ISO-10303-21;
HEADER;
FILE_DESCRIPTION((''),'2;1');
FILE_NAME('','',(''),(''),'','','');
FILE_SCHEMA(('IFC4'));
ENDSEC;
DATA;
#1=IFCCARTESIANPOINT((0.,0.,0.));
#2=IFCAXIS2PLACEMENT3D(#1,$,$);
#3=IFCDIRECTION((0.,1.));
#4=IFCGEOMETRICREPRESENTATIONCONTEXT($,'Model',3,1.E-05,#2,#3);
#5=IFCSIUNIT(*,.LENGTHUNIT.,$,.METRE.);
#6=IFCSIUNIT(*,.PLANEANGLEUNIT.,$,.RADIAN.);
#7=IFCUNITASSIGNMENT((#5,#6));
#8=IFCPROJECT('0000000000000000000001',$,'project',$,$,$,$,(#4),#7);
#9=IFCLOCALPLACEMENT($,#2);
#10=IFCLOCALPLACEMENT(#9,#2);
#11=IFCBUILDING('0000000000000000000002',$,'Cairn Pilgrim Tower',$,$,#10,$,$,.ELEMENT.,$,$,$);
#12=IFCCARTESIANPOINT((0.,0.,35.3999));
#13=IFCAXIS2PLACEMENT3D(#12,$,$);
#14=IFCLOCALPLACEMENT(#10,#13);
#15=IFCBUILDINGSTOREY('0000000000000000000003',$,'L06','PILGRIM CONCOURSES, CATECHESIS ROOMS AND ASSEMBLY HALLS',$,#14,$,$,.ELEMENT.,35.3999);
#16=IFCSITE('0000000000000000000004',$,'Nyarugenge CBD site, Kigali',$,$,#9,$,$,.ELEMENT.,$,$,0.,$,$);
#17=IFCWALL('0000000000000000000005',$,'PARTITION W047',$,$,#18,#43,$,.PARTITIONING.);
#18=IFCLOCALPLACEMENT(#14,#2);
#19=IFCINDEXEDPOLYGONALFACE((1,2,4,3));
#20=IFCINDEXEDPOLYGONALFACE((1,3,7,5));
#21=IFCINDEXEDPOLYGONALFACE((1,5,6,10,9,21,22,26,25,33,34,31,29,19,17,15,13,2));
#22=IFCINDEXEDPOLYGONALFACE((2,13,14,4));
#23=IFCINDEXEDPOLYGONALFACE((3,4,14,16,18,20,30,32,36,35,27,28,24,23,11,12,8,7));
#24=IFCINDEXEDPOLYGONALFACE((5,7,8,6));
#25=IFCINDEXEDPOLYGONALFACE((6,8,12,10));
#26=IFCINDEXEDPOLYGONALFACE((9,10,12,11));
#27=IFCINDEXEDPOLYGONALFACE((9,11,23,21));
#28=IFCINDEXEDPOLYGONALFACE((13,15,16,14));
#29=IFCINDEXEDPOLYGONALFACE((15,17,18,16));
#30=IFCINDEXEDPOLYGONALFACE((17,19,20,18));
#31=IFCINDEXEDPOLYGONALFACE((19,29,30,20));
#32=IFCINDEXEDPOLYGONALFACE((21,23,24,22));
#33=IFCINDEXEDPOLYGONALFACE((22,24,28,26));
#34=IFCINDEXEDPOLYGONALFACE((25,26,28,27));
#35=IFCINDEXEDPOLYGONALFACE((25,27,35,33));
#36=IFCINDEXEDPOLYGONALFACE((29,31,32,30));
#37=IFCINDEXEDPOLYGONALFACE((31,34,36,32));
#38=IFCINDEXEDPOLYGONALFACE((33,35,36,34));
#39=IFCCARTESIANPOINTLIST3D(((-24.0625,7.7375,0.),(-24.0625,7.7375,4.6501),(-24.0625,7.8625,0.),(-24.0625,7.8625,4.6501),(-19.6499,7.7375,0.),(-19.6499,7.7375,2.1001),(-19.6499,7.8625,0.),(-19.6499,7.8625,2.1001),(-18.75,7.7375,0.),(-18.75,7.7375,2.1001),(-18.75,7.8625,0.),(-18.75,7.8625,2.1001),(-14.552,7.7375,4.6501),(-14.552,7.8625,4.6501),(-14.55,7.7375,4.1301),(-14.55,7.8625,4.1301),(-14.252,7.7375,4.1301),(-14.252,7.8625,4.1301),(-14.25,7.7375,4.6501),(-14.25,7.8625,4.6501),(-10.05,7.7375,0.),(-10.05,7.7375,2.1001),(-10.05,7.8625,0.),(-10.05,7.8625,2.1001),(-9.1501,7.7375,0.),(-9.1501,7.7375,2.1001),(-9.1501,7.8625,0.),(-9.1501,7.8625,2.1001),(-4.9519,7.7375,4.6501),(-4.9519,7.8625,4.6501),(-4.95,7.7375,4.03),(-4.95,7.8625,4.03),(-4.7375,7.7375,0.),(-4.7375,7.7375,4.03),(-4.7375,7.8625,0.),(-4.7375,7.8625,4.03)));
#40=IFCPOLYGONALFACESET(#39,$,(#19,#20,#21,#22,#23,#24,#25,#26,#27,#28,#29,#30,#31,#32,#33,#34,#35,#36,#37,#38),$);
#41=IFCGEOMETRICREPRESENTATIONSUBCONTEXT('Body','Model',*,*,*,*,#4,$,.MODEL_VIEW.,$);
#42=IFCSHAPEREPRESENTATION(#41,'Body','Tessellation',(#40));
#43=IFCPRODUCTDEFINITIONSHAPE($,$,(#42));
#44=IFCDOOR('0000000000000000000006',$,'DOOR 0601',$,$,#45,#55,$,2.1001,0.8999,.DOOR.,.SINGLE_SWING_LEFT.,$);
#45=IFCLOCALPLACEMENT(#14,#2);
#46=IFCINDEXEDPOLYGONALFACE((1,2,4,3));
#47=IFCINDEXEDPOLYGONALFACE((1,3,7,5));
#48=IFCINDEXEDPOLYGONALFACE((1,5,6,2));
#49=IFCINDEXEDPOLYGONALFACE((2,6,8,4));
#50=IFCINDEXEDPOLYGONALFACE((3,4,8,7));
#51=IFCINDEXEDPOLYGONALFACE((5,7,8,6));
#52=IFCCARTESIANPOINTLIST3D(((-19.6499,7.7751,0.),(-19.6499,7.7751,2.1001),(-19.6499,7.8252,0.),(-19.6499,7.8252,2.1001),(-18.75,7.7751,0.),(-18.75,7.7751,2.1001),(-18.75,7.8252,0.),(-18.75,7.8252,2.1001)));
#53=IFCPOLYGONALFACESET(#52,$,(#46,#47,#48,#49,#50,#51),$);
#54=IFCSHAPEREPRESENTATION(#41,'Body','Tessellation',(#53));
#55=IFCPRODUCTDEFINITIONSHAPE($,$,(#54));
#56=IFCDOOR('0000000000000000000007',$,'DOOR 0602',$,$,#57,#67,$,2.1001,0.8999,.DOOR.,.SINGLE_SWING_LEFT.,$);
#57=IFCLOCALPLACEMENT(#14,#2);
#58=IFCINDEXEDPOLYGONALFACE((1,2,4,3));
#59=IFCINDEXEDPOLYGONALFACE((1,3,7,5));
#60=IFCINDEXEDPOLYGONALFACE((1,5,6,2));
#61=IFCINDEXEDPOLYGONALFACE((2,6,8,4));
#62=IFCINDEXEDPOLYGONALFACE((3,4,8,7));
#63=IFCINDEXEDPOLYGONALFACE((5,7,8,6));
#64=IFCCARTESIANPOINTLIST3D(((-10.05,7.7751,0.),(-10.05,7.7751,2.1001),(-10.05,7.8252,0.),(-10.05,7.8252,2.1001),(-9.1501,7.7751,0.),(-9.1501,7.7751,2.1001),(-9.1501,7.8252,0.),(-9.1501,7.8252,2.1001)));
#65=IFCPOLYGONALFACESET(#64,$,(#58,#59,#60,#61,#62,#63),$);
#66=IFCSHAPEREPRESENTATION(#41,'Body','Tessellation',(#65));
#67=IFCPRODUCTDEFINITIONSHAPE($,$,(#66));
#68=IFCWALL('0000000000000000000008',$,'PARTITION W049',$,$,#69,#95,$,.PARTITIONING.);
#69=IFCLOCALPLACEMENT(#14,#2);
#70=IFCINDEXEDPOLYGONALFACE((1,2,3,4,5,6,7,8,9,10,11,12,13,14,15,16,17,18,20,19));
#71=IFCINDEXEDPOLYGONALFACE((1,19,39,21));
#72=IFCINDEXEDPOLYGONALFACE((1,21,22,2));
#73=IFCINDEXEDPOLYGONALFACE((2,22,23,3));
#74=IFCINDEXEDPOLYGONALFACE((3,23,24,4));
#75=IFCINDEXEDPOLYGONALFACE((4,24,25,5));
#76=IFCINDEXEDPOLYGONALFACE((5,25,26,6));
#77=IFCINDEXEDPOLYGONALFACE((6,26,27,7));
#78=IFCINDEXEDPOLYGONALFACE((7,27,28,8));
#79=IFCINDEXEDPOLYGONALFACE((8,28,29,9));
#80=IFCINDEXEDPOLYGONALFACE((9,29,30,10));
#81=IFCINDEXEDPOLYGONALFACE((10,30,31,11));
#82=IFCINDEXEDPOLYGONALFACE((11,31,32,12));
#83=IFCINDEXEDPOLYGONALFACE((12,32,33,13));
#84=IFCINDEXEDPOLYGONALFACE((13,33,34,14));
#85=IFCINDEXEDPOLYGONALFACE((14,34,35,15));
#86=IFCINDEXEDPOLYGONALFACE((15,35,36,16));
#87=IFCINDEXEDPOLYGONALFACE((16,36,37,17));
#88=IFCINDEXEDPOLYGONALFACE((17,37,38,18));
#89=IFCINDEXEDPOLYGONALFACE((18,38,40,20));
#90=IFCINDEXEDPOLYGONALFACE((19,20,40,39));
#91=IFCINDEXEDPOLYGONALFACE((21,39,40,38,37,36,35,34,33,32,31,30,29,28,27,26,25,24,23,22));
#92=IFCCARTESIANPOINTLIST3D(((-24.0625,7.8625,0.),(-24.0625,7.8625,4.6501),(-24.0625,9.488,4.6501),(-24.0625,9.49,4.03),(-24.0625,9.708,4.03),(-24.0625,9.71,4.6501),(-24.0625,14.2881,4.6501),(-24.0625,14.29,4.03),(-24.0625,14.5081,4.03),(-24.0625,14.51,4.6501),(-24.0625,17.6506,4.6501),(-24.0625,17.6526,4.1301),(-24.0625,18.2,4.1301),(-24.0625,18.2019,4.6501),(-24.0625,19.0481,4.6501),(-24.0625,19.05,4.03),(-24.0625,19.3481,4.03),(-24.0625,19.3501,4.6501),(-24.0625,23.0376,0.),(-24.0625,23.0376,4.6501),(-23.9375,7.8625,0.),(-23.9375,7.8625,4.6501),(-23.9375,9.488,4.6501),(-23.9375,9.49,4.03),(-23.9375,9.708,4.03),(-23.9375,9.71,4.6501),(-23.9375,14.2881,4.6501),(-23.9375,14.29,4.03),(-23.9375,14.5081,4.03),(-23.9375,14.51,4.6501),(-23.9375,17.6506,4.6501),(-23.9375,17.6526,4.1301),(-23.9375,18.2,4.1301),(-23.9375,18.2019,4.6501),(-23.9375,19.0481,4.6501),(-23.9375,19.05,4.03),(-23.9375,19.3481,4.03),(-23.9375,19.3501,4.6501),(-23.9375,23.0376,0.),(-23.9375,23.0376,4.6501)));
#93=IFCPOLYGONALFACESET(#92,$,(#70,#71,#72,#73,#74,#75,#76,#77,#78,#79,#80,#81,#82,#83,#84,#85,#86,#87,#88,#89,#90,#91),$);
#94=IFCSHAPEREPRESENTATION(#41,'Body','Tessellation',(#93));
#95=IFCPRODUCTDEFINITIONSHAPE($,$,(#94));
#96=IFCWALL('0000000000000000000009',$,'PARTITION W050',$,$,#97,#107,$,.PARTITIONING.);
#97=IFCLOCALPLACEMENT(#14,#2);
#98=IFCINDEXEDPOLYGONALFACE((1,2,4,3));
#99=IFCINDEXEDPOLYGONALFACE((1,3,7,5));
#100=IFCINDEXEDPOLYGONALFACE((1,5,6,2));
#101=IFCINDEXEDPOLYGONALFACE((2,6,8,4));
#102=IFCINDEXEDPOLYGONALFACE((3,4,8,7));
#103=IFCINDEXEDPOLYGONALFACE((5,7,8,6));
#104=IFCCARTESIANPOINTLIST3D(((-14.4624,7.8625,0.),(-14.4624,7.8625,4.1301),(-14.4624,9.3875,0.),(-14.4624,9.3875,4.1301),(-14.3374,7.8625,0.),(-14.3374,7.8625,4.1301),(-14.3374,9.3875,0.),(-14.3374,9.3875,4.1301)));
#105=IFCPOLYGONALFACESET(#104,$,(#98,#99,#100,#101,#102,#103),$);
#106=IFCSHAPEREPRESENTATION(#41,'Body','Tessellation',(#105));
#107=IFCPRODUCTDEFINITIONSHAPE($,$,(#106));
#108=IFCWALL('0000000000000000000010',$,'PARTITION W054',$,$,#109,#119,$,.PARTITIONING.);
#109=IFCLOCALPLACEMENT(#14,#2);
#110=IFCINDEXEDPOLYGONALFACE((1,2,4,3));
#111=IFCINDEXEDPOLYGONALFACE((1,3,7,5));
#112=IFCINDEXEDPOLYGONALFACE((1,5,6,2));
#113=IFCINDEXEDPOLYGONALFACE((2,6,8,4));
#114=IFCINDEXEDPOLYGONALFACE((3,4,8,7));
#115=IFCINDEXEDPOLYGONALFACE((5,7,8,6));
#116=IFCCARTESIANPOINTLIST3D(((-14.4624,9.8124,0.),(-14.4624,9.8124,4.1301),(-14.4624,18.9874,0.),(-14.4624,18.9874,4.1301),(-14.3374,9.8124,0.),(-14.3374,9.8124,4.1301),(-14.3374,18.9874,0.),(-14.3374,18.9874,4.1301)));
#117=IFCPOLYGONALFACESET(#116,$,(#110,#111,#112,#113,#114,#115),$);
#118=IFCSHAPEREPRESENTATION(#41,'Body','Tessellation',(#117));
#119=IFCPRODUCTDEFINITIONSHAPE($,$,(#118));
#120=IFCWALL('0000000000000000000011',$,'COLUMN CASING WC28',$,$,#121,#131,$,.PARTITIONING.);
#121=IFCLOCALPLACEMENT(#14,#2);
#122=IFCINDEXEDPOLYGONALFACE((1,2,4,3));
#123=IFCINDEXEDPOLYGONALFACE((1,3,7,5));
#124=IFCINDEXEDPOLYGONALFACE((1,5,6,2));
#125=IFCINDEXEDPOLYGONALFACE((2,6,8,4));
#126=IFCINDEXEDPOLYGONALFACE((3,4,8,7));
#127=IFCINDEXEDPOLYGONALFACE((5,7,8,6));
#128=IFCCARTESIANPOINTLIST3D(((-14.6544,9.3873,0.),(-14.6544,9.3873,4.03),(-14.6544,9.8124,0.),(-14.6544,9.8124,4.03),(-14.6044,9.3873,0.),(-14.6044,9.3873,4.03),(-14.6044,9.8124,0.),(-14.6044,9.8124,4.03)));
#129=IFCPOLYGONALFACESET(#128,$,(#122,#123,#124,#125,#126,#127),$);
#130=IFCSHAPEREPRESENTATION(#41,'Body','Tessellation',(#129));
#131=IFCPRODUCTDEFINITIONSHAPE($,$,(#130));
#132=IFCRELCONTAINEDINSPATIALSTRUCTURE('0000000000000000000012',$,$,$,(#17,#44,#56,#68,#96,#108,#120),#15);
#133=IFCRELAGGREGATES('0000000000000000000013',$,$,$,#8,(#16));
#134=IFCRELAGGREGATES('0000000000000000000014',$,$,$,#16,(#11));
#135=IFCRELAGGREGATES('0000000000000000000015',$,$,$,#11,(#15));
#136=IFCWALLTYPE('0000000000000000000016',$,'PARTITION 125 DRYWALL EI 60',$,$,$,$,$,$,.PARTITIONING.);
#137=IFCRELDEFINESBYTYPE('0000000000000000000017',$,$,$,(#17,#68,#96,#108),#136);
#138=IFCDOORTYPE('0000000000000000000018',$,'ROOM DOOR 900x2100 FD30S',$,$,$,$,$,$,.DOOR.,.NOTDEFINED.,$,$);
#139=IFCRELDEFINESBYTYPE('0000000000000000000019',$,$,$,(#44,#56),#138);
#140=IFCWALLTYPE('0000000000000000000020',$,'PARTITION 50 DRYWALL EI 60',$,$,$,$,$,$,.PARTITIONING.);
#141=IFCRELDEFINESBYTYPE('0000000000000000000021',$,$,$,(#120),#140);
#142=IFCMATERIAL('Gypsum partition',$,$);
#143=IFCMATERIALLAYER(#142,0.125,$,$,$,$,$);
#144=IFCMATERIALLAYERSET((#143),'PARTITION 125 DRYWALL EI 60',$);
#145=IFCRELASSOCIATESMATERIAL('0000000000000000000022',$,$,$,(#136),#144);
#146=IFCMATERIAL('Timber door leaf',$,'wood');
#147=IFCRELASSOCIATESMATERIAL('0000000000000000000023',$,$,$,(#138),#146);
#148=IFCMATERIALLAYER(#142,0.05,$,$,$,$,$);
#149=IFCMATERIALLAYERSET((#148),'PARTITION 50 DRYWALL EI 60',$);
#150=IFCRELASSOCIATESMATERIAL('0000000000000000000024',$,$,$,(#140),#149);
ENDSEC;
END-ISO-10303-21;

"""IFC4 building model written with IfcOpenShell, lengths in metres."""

from ifc_helpers import new_model, si_unit, direction, frame, frame_2d, origin, place, context, subcontext, project, spatial, polyline, rectangle, outline, extrude, material, layer, layer_set, type_object, element, fill, save


model = new_model("IFC4")

# Units and contexts
model_context = context("Model", 3, precision=1e-05, world=origin(), true_north=direction((0.0, 1.0)))
body_context = subcontext(model_context, "Body", "Model", "MODEL_VIEW")
ifc_project = project(units=[si_unit("LENGTHUNIT", "METRE"), si_unit("PLANEANGLEUNIT", "RADIAN")], contexts=[model_context])

# Site, building, storey
site_placement = place(None, origin())
site = spatial("IfcSite", under=ifc_project, at=site_placement, Name="Nyarugenge CBD site, Kigali", CompositionType="ELEMENT", RefElevation=0.0)
building_placement = place(site_placement, origin())
building = spatial("IfcBuilding", under=site, at=building_placement, Name="Cairn Pilgrim Tower", CompositionType="ELEMENT")
storey_placement = place(building_placement, frame((0.0, 0.0, 35.3999)))
storey = spatial("IfcBuildingStorey", under=building, at=storey_placement, Name="L06", Description="PILGRIM CONCOURSES, CATECHESIS ROOMS AND ASSEMBLY HALLS", CompositionType="ELEMENT", Elevation=35.3999)

# Wall, openings, doors
ifc_material_1 = material(Name="Gypsum partition")
ifc_layer_1 = layer(ifc_material_1, 0.125)
ifc_layer_set_1 = layer_set([ifc_layer_1], Name="PARTITION 125 DRYWALL EI 60")
wall_type_1 = type_object("IfcWallType", Name="PARTITION 125 DRYWALL EI 60", PredefinedType="PARTITIONING", material=ifc_layer_set_1)
ifc_material_2 = material(Name="Timber door leaf", Category="wood")
door_type = type_object("IfcDoorType", Name="ROOM DOOR 900x2100 FD30S", OperationType="NOTDEFINED", PredefinedType="DOOR", material=ifc_material_2)
wall_1_placement = place(storey_placement, frame((-24.0625, 7.8, 0.0), z_axis=(0.0, 0.0, 1.0), x_axis=(1.0, 0.0, 0.0)))
wall_1 = element("IfcWall", 1, at=wall_1_placement, inside=storey, type_object=wall_type_1, Name="PARTITION W047", PredefinedType="PARTITIONING", context=body_context, shape_type="SweptSolid", body=[
    extrude(outline(polyline([(0.0, 0.0), (19.325, 0.0), (19.325, 4.03), (19.1125, 4.03), (19.1106, 4.6501), (9.8125, 4.6501), (9.8105, 4.1301), (9.5125, 4.1301), (9.5105, 4.6501), (0.0, 4.6501), (0.0, 0.0)])), frame((0.0, 0.0625, 0.0), z_axis=(0.0, -1.0, 0.0), x_axis=(1.0, 0.0, 0.0)), (0.0, 0.0, 1.0), 0.125),
])
opening_1_placement = place(wall_1_placement, frame((4.4126, 0.0, 0.0)))
opening_1 = element("IfcOpeningElement", 2, at=opening_1_placement, cuts=wall_1, PredefinedType="OPENING", context=body_context, shape_type="SweptSolid", body=[
    extrude(rectangle(XDim=0.8999, YDim=2.1001, at=frame_2d((0.45, 1.05))), frame((0.0, 0.0725, 0.0), z_axis=(0.0, -1.0, 0.0), x_axis=(1.0, 0.0, 0.0)), (0.0, 0.0, 1.0), 0.145),
])
opening_2_placement = place(wall_1_placement, frame((14.0125, 0.0, 0.0)))
opening_2 = element("IfcOpeningElement", 3, at=opening_2_placement, cuts=wall_1, PredefinedType="OPENING", context=body_context, shape_type="SweptSolid", body=[
    extrude(rectangle(XDim=0.8999, YDim=2.1001, at=frame_2d((0.45, 1.05))), frame((0.0, 0.0725, 0.0), z_axis=(0.0, -1.0, 0.0), x_axis=(1.0, 0.0, 0.0)), (0.0, 0.0, 1.0), 0.145),
])
door_1_placement = place(opening_1_placement, frame((0.8999, 0.0, 0.0), z_axis=(0.0, 0.0, 1.0), x_axis=(-1.0, 0.0, 0.0)))
door_1 = element("IfcDoor", 4, at=door_1_placement, inside=storey, type_object=door_type, Name="DOOR 0601", OperationType="SINGLE_SWING_LEFT", OverallHeight=2.1001, OverallWidth=0.8999, PredefinedType="DOOR", context=body_context, shape_type="SweptSolid", body=[
    extrude(rectangle(XDim=0.8999, YDim=2.1001, at=frame_2d((0.45, 1.05))), frame((0.0, 0.0249, 0.0), z_axis=(0.0, -1.0, 0.0), x_axis=(1.0, 0.0, 0.0)), (0.0, 0.0, 1.0), 0.05),
])
fill(opening_1, door_1)
door_2_placement = place(opening_2_placement, frame((0.8999, 0.0, 0.0), z_axis=(0.0, 0.0, 1.0), x_axis=(-1.0, 0.0, 0.0)))
door_2 = element("IfcDoor", 5, at=door_2_placement, inside=storey, type_object=door_type, Name="DOOR 0602", OperationType="SINGLE_SWING_LEFT", OverallHeight=2.1001, OverallWidth=0.8999, PredefinedType="DOOR", context=body_context, shape_type="SweptSolid", body=[
    extrude(rectangle(XDim=0.8999, YDim=2.1001, at=frame_2d((0.45, 1.05))), frame((0.0, 0.0249, 0.0), z_axis=(0.0, -1.0, 0.0), x_axis=(1.0, 0.0, 0.0)), (0.0, 0.0, 1.0), 0.05),
])
fill(opening_2, door_2)

# Walls
wall_2_placement = place(storey_placement, frame((-24.0, 7.8625, 0.0), z_axis=(0.0, 0.0, 1.0), x_axis=(0.0, 1.0, 0.0)))
element("IfcWall", 6, at=wall_2_placement, inside=storey, type_object=wall_type_1, Name="PARTITION W049", PredefinedType="PARTITIONING", context=body_context, shape_type="SweptSolid", body=[
    extrude(outline(polyline([(0.0, 0.0), (15.175, 0.0), (15.175, 4.6501), (11.4875, 4.6501), (11.4856, 4.03), (11.1875, 4.03), (11.1855, 4.6501), (10.3394, 4.6501), (10.3374, 4.1301), (9.79, 4.1301), (9.7881, 4.6501), (6.6475, 4.6501), (6.6455, 4.03), (6.4275, 4.03), (6.4255, 4.6501), (1.8474, 4.6501), (1.8455, 4.03), (1.6274, 4.03), (1.6255, 4.6501), (0.0, 4.6501), (0.0, 0.0)])), frame((0.0, 0.0625, 0.0), z_axis=(0.0, -1.0, 0.0), x_axis=(1.0, 0.0, 0.0)), (0.0, 0.0, 1.0), 0.125),
])
wall_3_placement = place(storey_placement, frame((-14.3999, 7.8625, 0.0), z_axis=(0.0, 0.0, 1.0), x_axis=(0.0, 1.0, 0.0)))
element("IfcWall", 7, at=wall_3_placement, inside=storey, type_object=wall_type_1, Name="PARTITION W050", PredefinedType="PARTITIONING", context=body_context, shape_type="SweptSolid", body=[
    extrude(rectangle(XDim=1.5249, YDim=0.125, at=frame_2d((0.7625, 0.0))), origin(), (0.0, 0.0, 1.0), 4.1301),
])
wall_4_placement = place(storey_placement, frame((-14.3999, 9.8125, 0.0), z_axis=(0.0, 0.0, 1.0), x_axis=(0.0, 1.0, 0.0)))
element("IfcWall", 8, at=wall_4_placement, inside=storey, type_object=wall_type_1, Name="PARTITION W054", PredefinedType="PARTITIONING", context=body_context, shape_type="SweptSolid", body=[
    extrude(rectangle(XDim=9.175, YDim=0.125, at=frame_2d((4.5874, 0.0))), origin(), (0.0, 0.0, 1.0), 4.1301),
])
ifc_layer_2 = layer(ifc_material_1, 0.05)
ifc_layer_set_2 = layer_set([ifc_layer_2], Name="PARTITION 50 DRYWALL EI 60")
wall_type_2 = type_object("IfcWallType", Name="PARTITION 50 DRYWALL EI 60", PredefinedType="PARTITIONING", material=ifc_layer_set_2)
wall_5_placement = place(storey_placement, frame((-14.6294, 9.3875, 0.0), z_axis=(0.0, 0.0, 1.0), x_axis=(0.0, 1.0, 0.0)))
element("IfcWall", 9, at=wall_5_placement, inside=storey, type_object=wall_type_2, Name="COLUMN CASING WC28", PredefinedType="PARTITIONING", context=body_context, shape_type="SweptSolid", body=[
    extrude(rectangle(XDim=0.425, YDim=0.05, at=frame_2d((0.2124, 0.0))), origin(), (0.0, 0.0, 1.0), 4.03),
])

save(model, "model.ifc")
